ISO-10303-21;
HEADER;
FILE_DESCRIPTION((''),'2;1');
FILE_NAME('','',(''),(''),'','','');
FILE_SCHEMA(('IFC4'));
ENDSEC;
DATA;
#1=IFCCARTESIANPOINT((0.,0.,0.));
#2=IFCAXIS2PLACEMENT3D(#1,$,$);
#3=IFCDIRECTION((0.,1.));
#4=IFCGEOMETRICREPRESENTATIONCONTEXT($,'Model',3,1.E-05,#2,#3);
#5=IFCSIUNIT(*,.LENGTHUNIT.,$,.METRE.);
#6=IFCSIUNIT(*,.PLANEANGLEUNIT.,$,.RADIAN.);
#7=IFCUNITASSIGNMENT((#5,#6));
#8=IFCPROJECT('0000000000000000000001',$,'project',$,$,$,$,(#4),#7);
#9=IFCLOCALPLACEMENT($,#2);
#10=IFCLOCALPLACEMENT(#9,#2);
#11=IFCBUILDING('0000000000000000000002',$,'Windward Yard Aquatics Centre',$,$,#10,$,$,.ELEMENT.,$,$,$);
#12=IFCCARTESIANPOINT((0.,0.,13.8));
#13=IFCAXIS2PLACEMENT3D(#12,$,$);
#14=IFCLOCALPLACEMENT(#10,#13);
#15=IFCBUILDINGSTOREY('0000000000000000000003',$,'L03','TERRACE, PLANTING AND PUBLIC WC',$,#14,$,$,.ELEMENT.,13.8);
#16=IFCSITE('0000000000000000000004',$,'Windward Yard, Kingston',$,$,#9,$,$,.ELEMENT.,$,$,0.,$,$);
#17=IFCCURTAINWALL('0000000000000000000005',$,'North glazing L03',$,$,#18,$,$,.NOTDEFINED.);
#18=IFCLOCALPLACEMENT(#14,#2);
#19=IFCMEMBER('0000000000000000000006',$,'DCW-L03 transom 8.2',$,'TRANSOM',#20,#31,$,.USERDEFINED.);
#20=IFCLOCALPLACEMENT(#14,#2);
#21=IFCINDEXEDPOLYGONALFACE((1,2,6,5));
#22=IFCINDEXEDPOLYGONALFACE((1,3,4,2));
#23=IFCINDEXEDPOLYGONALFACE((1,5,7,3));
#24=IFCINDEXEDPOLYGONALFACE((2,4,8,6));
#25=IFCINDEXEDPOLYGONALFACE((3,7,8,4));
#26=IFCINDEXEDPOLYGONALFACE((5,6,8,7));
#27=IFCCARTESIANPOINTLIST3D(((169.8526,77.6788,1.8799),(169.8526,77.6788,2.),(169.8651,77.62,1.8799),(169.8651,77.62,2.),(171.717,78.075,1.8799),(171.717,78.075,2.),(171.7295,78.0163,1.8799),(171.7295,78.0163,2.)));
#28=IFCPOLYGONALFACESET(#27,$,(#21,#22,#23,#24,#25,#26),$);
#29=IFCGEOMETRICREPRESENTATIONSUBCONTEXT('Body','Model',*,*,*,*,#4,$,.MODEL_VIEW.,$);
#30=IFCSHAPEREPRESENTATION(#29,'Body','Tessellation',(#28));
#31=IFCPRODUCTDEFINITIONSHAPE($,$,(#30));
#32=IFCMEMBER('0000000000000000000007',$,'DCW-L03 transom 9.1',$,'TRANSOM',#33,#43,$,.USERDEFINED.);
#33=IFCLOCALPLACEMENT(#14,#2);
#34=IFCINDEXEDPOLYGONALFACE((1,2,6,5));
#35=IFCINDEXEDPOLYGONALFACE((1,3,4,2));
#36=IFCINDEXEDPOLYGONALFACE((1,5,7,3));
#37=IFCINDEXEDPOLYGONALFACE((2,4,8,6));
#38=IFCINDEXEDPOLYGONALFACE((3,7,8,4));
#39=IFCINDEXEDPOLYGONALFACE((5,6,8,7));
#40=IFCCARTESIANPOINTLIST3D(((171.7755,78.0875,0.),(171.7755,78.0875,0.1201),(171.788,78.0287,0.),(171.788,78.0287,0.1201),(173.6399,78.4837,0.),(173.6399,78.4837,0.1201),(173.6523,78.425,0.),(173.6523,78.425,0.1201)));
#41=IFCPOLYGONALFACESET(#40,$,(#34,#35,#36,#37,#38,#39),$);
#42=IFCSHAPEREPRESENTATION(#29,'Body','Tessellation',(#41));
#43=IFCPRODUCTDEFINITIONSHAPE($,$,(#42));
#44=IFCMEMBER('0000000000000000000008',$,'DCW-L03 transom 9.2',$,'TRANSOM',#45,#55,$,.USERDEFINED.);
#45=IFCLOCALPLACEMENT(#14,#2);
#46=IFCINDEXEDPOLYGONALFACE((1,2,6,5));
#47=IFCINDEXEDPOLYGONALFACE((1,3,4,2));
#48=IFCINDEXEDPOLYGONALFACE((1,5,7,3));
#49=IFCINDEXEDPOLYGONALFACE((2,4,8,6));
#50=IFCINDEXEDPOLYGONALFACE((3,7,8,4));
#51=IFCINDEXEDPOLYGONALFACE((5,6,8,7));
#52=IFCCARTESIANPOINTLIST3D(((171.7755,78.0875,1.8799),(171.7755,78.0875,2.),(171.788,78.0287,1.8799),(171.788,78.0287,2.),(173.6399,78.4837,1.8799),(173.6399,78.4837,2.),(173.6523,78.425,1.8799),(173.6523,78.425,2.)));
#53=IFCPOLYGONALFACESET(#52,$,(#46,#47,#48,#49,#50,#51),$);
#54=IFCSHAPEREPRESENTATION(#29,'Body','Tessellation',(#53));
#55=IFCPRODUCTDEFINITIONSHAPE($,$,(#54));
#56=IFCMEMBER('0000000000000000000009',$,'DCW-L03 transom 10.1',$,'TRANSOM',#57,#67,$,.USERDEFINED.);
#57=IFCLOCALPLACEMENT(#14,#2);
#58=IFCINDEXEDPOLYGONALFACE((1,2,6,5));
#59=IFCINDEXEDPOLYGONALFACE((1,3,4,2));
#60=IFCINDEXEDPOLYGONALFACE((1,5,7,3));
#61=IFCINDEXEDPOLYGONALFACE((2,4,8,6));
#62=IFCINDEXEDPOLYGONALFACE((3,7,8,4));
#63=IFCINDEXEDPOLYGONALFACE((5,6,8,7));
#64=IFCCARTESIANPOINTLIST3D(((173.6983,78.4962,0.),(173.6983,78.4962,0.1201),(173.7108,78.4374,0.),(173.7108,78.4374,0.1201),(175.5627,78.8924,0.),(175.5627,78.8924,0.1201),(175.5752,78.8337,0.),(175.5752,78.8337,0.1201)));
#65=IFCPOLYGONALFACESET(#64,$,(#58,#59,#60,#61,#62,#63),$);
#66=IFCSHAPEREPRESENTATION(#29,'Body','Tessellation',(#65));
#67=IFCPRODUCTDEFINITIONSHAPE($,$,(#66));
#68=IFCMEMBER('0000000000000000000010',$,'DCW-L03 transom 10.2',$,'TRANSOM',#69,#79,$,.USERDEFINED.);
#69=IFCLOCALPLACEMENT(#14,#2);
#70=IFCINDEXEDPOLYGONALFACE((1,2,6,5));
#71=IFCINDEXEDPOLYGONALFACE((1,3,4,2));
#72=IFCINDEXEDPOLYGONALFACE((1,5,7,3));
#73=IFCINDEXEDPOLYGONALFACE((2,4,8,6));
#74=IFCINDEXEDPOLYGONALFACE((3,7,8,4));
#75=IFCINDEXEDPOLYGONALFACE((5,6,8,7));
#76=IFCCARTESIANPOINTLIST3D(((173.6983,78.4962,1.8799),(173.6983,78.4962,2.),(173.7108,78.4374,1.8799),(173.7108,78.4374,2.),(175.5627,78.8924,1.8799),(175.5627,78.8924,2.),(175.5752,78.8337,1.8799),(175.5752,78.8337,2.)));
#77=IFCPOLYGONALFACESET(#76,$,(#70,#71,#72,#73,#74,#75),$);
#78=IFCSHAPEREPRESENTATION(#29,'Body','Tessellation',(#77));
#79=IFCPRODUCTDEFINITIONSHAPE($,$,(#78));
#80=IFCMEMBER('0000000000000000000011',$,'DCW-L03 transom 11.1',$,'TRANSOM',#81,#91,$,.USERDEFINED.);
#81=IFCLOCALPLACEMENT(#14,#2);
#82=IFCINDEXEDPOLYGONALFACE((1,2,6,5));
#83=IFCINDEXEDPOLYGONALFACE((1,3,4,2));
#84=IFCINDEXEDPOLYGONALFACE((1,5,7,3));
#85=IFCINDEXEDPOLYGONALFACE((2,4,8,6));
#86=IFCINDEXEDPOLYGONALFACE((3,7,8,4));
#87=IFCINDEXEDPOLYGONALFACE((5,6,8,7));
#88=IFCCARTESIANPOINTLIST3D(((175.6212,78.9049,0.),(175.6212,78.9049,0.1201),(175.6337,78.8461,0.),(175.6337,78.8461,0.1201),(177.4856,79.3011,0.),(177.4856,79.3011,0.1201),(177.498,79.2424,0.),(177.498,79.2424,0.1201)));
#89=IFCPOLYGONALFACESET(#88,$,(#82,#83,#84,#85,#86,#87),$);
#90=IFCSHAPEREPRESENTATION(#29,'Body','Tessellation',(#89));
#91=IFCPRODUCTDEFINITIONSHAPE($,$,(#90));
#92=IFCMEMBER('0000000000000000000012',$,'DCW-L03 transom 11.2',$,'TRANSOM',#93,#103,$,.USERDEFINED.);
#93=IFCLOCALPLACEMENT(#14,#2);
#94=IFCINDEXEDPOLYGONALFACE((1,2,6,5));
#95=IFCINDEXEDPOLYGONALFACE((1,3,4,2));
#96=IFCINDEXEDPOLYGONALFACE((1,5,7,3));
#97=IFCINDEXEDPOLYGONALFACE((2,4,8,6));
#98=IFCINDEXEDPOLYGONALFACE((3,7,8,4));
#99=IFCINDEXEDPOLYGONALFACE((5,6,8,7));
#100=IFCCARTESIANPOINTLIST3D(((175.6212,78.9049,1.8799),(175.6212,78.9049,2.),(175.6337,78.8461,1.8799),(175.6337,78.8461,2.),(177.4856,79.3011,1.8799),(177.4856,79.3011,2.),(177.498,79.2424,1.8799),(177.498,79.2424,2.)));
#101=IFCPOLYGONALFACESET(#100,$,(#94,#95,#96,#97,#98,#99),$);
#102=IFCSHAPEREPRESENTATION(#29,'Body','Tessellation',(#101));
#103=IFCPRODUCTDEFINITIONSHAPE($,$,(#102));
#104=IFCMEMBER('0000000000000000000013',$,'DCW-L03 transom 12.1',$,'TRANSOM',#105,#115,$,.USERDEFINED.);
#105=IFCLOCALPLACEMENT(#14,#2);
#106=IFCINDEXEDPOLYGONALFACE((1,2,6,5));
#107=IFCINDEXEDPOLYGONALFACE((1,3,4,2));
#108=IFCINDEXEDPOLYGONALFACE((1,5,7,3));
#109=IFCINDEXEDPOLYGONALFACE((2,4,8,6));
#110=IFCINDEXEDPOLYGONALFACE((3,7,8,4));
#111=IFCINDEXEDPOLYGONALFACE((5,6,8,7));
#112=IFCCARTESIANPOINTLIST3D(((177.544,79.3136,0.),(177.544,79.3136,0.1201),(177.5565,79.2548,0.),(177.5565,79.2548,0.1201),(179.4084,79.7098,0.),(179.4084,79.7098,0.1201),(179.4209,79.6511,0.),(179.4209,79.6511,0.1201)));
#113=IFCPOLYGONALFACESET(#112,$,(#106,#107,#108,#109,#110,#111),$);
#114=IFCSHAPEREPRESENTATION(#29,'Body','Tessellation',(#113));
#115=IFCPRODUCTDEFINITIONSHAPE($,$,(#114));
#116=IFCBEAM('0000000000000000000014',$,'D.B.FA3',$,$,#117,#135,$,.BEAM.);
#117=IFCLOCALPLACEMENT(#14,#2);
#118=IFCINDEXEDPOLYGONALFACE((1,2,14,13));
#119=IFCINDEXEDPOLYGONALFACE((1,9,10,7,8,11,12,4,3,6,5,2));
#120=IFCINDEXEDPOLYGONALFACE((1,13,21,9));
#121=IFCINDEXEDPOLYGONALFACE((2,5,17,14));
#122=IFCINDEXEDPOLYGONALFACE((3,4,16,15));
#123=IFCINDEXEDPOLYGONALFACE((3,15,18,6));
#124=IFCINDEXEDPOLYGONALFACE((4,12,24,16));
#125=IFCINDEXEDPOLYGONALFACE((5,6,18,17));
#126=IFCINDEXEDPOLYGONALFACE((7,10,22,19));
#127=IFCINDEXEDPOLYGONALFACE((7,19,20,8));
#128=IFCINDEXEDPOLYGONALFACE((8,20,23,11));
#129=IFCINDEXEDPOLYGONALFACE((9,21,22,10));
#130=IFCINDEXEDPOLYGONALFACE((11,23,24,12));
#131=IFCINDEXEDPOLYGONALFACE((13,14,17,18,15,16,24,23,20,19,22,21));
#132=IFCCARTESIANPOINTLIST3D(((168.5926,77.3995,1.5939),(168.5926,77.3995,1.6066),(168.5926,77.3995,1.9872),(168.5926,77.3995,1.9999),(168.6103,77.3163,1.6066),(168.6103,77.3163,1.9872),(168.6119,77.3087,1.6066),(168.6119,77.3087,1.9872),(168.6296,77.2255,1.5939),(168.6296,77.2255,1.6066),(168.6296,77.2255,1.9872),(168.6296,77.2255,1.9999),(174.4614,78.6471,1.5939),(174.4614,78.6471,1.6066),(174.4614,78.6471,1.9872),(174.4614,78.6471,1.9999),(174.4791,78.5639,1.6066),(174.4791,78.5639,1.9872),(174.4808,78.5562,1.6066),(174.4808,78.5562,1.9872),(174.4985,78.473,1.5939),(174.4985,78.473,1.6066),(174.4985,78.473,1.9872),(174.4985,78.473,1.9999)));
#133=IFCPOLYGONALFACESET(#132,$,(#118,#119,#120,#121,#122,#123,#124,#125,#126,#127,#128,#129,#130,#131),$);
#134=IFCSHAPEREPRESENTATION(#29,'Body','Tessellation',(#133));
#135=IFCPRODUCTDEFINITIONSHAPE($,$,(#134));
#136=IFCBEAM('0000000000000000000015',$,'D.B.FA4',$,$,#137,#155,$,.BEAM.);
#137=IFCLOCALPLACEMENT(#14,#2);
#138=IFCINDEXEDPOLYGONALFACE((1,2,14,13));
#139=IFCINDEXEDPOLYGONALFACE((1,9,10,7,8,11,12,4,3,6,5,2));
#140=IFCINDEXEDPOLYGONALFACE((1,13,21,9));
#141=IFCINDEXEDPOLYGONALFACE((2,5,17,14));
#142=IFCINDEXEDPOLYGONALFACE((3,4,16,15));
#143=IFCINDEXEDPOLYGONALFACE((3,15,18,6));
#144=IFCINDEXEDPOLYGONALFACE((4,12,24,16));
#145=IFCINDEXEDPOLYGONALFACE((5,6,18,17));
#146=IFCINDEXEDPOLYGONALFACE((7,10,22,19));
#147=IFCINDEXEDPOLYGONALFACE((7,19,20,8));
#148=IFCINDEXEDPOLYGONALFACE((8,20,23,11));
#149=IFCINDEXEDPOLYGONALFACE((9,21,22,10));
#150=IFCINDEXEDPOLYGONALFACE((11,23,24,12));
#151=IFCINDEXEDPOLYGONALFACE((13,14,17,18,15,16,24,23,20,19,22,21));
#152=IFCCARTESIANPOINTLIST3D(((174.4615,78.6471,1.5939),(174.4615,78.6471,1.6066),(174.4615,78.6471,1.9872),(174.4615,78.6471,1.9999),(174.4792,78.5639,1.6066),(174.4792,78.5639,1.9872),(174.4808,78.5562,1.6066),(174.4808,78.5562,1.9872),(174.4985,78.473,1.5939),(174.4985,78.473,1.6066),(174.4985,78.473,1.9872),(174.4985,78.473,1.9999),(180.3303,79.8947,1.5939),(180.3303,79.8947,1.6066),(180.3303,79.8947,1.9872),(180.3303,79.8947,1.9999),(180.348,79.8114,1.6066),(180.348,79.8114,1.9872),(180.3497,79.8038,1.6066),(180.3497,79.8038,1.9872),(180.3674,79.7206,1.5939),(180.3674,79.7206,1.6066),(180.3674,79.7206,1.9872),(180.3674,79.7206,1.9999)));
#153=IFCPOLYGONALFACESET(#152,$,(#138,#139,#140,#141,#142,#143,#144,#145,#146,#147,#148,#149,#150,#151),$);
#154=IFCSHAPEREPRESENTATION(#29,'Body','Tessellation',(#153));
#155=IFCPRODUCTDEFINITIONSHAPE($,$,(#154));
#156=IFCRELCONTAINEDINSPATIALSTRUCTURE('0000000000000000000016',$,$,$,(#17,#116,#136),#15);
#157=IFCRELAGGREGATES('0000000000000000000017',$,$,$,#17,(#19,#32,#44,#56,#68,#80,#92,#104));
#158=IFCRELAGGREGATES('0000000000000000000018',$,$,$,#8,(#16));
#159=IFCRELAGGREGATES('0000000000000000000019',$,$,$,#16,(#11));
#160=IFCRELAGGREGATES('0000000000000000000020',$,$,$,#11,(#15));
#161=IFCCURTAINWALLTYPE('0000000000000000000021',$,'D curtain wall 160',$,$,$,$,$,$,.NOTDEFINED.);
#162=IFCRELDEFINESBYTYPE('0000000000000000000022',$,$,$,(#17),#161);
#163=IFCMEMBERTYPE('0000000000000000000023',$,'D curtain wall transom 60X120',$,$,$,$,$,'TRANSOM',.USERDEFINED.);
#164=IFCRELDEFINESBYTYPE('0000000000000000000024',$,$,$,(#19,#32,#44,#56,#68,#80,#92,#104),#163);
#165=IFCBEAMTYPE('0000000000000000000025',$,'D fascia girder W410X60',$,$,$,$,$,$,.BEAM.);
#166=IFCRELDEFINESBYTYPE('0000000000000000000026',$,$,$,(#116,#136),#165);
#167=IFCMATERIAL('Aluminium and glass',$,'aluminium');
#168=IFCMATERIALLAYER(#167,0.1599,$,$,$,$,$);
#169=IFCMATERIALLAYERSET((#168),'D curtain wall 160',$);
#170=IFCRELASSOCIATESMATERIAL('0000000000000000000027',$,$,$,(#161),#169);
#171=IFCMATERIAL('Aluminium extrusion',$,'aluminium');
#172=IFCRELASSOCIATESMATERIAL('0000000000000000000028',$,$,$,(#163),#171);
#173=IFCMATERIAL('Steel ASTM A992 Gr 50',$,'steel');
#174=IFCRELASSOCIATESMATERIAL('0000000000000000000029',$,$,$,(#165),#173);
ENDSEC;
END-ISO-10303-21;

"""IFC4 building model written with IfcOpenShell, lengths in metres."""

from ifc_helpers import new_model, si_unit, direction, frame, origin, origin_2d, place, context, subcontext, project, spatial, rectangle, i_section, extrude, material, layer, layer_set, material_profile, profile_set, type_object, element, aggregate, save


model = new_model("IFC4")

# Units and contexts
model_context = context("Model", 3, precision=1e-05, world=origin(), true_north=direction((0.0, 1.0)))
body_context = subcontext(model_context, "Body", "Model", "MODEL_VIEW")
ifc_project = project(units=[si_unit("LENGTHUNIT", "METRE"), si_unit("PLANEANGLEUNIT", "RADIAN")], contexts=[model_context])

# Site, building, storey
site_placement = place(None, origin())
site = spatial("IfcSite", under=ifc_project, at=site_placement, Name="Windward Yard, Kingston", CompositionType="ELEMENT", RefElevation=0.0)
building_placement = place(site_placement, origin())
building = spatial("IfcBuilding", under=site, at=building_placement, Name="Windward Yard Aquatics Centre", CompositionType="ELEMENT")
storey_placement = place(building_placement, frame((0.0, 0.0, 13.8)))
storey = spatial("IfcBuildingStorey", under=building, at=storey_placement, Name="L03", Description="TERRACE, PLANTING AND PUBLIC WC", CompositionType="ELEMENT", Elevation=13.8)

# Curtain wall, members
ifc_material_1 = material(Name="Aluminium and glass", Category="aluminium")
ifc_layer_1 = layer(ifc_material_1, 0.1599)
ifc_layer_set_1 = layer_set([ifc_layer_1], Name="D curtain wall 160")
curtain_wall_type = type_object("IfcCurtainWallType", Name="D curtain wall 160", PredefinedType="NOTDEFINED", material=ifc_layer_set_1)
curtain_wall_placement = place(storey_placement, origin())
curtain_wall = element("IfcCurtainWall", 1, at=curtain_wall_placement, inside=storey, type_object=curtain_wall_type, Name="North glazing L03", PredefinedType="NOTDEFINED")
ifc_material_2 = material(Name="Aluminium extrusion", Category="aluminium")
ifc_material_profile_1 = material_profile(ifc_material_2, rectangle(XDim=0.0601, YDim=0.1201, at=origin_2d()), Name="TRANSOM 60X120")
ifc_profile_set_1 = profile_set([ifc_material_profile_1], Name="Aluminium extrusion")
member_type_1 = type_object("IfcMemberType", Name="D curtain wall transom 60X120", ElementType="TRANSOM", PredefinedType="USERDEFINED", material=ifc_profile_set_1)
member_1_placement = place(storey_placement, frame((169.8589, 77.6494, 1.9399), z_axis=(0.97815, 0.207902, 0.0), x_axis=(-0.207902, 0.97815, 0.0)))
member_1 = element("IfcMember", 2, at=member_1_placement, type_object=member_type_1, Name="DCW-L03 transom 8.2", ObjectType="TRANSOM", PredefinedType="USERDEFINED", context=body_context, shape_type="SweptSolid", body=[
    extrude(rectangle(XDim=0.0601, YDim=0.1201, at=origin_2d()), origin(), (0.0, 0.0, 1.0), 1.906),
])
member_2_placement = place(storey_placement, frame((171.7817, 78.0581, 0.0601), z_axis=(0.97815, 0.207902, 0.0), x_axis=(-0.207902, 0.97815, 0.0)))
member_2 = element("IfcMember", 3, at=member_2_placement, type_object=member_type_1, Name="DCW-L03 transom 9.1", ObjectType="TRANSOM", PredefinedType="USERDEFINED", context=body_context, shape_type="SweptSolid", body=[
    extrude(rectangle(XDim=0.0601, YDim=0.1201, at=origin_2d()), origin(), (0.0, 0.0, 1.0), 1.906),
])
member_3_placement = place(storey_placement, frame((171.7817, 78.0581, 1.9399), z_axis=(0.97815, 0.207902, 0.0), x_axis=(-0.207902, 0.97815, 0.0)))
member_3 = element("IfcMember", 4, at=member_3_placement, type_object=member_type_1, Name="DCW-L03 transom 9.2", ObjectType="TRANSOM", PredefinedType="USERDEFINED", context=body_context, shape_type="SweptSolid", body=[
    extrude(rectangle(XDim=0.0601, YDim=0.1201, at=origin_2d()), origin(), (0.0, 0.0, 1.0), 1.906),
])
member_4_placement = place(storey_placement, frame((173.7046, 78.4668, 0.0601), z_axis=(0.97815, 0.207902, 0.0), x_axis=(-0.207902, 0.97815, 0.0)))
member_4 = element("IfcMember", 5, at=member_4_placement, type_object=member_type_1, Name="DCW-L03 transom 10.1", ObjectType="TRANSOM", PredefinedType="USERDEFINED", context=body_context, shape_type="SweptSolid", body=[
    extrude(rectangle(XDim=0.0601, YDim=0.1201, at=origin_2d()), origin(), (0.0, 0.0, 1.0), 1.906),
])
member_5_placement = place(storey_placement, frame((173.7046, 78.4668, 1.9399), z_axis=(0.97815, 0.207902, 0.0), x_axis=(-0.207902, 0.97815, 0.0)))
member_5 = element("IfcMember", 6, at=member_5_placement, type_object=member_type_1, Name="DCW-L03 transom 10.2", ObjectType="TRANSOM", PredefinedType="USERDEFINED", context=body_context, shape_type="SweptSolid", body=[
    extrude(rectangle(XDim=0.0601, YDim=0.1201, at=origin_2d()), origin(), (0.0, 0.0, 1.0), 1.906),
])
member_6_placement = place(storey_placement, frame((175.6274, 78.8755, 0.0601), z_axis=(0.97815, 0.207902, 0.0), x_axis=(-0.207902, 0.97815, 0.0)))
member_6 = element("IfcMember", 7, at=member_6_placement, type_object=member_type_1, Name="DCW-L03 transom 11.1", ObjectType="TRANSOM", PredefinedType="USERDEFINED", context=body_context, shape_type="SweptSolid", body=[
    extrude(rectangle(XDim=0.0601, YDim=0.1201, at=origin_2d()), origin(), (0.0, 0.0, 1.0), 1.906),
])
member_7_placement = place(storey_placement, frame((175.6274, 78.8755, 1.9399), z_axis=(0.97815, 0.207902, 0.0), x_axis=(-0.207902, 0.97815, 0.0)))
member_7 = element("IfcMember", 8, at=member_7_placement, type_object=member_type_1, Name="DCW-L03 transom 11.2", ObjectType="TRANSOM", PredefinedType="USERDEFINED", context=body_context, shape_type="SweptSolid", body=[
    extrude(rectangle(XDim=0.0601, YDim=0.1201, at=origin_2d()), origin(), (0.0, 0.0, 1.0), 1.906),
])
member_8_placement = place(storey_placement, frame((177.5503, 79.2842, 0.0601), z_axis=(0.97815, 0.207902, 0.0), x_axis=(-0.207902, 0.97815, 0.0)))
member_8 = element("IfcMember", 9, at=member_8_placement, type_object=member_type_1, Name="DCW-L03 transom 12.1", ObjectType="TRANSOM", PredefinedType="USERDEFINED", context=body_context, shape_type="SweptSolid", body=[
    extrude(rectangle(XDim=0.0601, YDim=0.1201, at=origin_2d()), origin(), (0.0, 0.0, 1.0), 1.906),
])

# Beams
ifc_material_3 = material(Name="Steel ASTM A992 Gr 50", Category="steel")
ifc_material_profile_2 = material_profile(ifc_material_3, i_section(OverallWidth=0.178, OverallDepth=0.406, WebThickness=0.0078, FlangeThickness=0.0127, at=origin_2d()), Name="W410X60")
ifc_profile_set_2 = profile_set([ifc_material_profile_2], Name="Steel ASTM A992 Gr 50")
beam_type = type_object("IfcBeamType", Name="D fascia girder W410X60", PredefinedType="BEAM", material=ifc_profile_set_2)
for number, where, z_axis, x_axis, name in (
    (10, (168.6111, 77.3125, 1.7969), (0.978145, 0.207925, 0.0), (-0.207925, 0.978145, 0.0), "D.B.FA3"),
    (11, (174.48, 78.5601, 1.7969), (0.978145, 0.207925, 0.0), (-0.207925, 0.978145, 0.0), "D.B.FA4"),
):
    element("IfcBeam", number, at=place(storey_placement, frame(where, z_axis=z_axis, x_axis=x_axis)), inside=storey, type_object=beam_type, Name=name, PredefinedType="BEAM", context=body_context, shape_type="SweptSolid", body=[
        extrude(i_section(OverallWidth=0.178, OverallDepth=0.406, WebThickness=0.0078, FlangeThickness=0.0127, at=origin_2d()), origin(), (0.0, 0.0, 1.0), 6.0),
    ])

aggregate(curtain_wall, [member_1, member_2, member_3, member_4, member_5, member_6, member_7, member_8])

save(model, "model.ifc")
